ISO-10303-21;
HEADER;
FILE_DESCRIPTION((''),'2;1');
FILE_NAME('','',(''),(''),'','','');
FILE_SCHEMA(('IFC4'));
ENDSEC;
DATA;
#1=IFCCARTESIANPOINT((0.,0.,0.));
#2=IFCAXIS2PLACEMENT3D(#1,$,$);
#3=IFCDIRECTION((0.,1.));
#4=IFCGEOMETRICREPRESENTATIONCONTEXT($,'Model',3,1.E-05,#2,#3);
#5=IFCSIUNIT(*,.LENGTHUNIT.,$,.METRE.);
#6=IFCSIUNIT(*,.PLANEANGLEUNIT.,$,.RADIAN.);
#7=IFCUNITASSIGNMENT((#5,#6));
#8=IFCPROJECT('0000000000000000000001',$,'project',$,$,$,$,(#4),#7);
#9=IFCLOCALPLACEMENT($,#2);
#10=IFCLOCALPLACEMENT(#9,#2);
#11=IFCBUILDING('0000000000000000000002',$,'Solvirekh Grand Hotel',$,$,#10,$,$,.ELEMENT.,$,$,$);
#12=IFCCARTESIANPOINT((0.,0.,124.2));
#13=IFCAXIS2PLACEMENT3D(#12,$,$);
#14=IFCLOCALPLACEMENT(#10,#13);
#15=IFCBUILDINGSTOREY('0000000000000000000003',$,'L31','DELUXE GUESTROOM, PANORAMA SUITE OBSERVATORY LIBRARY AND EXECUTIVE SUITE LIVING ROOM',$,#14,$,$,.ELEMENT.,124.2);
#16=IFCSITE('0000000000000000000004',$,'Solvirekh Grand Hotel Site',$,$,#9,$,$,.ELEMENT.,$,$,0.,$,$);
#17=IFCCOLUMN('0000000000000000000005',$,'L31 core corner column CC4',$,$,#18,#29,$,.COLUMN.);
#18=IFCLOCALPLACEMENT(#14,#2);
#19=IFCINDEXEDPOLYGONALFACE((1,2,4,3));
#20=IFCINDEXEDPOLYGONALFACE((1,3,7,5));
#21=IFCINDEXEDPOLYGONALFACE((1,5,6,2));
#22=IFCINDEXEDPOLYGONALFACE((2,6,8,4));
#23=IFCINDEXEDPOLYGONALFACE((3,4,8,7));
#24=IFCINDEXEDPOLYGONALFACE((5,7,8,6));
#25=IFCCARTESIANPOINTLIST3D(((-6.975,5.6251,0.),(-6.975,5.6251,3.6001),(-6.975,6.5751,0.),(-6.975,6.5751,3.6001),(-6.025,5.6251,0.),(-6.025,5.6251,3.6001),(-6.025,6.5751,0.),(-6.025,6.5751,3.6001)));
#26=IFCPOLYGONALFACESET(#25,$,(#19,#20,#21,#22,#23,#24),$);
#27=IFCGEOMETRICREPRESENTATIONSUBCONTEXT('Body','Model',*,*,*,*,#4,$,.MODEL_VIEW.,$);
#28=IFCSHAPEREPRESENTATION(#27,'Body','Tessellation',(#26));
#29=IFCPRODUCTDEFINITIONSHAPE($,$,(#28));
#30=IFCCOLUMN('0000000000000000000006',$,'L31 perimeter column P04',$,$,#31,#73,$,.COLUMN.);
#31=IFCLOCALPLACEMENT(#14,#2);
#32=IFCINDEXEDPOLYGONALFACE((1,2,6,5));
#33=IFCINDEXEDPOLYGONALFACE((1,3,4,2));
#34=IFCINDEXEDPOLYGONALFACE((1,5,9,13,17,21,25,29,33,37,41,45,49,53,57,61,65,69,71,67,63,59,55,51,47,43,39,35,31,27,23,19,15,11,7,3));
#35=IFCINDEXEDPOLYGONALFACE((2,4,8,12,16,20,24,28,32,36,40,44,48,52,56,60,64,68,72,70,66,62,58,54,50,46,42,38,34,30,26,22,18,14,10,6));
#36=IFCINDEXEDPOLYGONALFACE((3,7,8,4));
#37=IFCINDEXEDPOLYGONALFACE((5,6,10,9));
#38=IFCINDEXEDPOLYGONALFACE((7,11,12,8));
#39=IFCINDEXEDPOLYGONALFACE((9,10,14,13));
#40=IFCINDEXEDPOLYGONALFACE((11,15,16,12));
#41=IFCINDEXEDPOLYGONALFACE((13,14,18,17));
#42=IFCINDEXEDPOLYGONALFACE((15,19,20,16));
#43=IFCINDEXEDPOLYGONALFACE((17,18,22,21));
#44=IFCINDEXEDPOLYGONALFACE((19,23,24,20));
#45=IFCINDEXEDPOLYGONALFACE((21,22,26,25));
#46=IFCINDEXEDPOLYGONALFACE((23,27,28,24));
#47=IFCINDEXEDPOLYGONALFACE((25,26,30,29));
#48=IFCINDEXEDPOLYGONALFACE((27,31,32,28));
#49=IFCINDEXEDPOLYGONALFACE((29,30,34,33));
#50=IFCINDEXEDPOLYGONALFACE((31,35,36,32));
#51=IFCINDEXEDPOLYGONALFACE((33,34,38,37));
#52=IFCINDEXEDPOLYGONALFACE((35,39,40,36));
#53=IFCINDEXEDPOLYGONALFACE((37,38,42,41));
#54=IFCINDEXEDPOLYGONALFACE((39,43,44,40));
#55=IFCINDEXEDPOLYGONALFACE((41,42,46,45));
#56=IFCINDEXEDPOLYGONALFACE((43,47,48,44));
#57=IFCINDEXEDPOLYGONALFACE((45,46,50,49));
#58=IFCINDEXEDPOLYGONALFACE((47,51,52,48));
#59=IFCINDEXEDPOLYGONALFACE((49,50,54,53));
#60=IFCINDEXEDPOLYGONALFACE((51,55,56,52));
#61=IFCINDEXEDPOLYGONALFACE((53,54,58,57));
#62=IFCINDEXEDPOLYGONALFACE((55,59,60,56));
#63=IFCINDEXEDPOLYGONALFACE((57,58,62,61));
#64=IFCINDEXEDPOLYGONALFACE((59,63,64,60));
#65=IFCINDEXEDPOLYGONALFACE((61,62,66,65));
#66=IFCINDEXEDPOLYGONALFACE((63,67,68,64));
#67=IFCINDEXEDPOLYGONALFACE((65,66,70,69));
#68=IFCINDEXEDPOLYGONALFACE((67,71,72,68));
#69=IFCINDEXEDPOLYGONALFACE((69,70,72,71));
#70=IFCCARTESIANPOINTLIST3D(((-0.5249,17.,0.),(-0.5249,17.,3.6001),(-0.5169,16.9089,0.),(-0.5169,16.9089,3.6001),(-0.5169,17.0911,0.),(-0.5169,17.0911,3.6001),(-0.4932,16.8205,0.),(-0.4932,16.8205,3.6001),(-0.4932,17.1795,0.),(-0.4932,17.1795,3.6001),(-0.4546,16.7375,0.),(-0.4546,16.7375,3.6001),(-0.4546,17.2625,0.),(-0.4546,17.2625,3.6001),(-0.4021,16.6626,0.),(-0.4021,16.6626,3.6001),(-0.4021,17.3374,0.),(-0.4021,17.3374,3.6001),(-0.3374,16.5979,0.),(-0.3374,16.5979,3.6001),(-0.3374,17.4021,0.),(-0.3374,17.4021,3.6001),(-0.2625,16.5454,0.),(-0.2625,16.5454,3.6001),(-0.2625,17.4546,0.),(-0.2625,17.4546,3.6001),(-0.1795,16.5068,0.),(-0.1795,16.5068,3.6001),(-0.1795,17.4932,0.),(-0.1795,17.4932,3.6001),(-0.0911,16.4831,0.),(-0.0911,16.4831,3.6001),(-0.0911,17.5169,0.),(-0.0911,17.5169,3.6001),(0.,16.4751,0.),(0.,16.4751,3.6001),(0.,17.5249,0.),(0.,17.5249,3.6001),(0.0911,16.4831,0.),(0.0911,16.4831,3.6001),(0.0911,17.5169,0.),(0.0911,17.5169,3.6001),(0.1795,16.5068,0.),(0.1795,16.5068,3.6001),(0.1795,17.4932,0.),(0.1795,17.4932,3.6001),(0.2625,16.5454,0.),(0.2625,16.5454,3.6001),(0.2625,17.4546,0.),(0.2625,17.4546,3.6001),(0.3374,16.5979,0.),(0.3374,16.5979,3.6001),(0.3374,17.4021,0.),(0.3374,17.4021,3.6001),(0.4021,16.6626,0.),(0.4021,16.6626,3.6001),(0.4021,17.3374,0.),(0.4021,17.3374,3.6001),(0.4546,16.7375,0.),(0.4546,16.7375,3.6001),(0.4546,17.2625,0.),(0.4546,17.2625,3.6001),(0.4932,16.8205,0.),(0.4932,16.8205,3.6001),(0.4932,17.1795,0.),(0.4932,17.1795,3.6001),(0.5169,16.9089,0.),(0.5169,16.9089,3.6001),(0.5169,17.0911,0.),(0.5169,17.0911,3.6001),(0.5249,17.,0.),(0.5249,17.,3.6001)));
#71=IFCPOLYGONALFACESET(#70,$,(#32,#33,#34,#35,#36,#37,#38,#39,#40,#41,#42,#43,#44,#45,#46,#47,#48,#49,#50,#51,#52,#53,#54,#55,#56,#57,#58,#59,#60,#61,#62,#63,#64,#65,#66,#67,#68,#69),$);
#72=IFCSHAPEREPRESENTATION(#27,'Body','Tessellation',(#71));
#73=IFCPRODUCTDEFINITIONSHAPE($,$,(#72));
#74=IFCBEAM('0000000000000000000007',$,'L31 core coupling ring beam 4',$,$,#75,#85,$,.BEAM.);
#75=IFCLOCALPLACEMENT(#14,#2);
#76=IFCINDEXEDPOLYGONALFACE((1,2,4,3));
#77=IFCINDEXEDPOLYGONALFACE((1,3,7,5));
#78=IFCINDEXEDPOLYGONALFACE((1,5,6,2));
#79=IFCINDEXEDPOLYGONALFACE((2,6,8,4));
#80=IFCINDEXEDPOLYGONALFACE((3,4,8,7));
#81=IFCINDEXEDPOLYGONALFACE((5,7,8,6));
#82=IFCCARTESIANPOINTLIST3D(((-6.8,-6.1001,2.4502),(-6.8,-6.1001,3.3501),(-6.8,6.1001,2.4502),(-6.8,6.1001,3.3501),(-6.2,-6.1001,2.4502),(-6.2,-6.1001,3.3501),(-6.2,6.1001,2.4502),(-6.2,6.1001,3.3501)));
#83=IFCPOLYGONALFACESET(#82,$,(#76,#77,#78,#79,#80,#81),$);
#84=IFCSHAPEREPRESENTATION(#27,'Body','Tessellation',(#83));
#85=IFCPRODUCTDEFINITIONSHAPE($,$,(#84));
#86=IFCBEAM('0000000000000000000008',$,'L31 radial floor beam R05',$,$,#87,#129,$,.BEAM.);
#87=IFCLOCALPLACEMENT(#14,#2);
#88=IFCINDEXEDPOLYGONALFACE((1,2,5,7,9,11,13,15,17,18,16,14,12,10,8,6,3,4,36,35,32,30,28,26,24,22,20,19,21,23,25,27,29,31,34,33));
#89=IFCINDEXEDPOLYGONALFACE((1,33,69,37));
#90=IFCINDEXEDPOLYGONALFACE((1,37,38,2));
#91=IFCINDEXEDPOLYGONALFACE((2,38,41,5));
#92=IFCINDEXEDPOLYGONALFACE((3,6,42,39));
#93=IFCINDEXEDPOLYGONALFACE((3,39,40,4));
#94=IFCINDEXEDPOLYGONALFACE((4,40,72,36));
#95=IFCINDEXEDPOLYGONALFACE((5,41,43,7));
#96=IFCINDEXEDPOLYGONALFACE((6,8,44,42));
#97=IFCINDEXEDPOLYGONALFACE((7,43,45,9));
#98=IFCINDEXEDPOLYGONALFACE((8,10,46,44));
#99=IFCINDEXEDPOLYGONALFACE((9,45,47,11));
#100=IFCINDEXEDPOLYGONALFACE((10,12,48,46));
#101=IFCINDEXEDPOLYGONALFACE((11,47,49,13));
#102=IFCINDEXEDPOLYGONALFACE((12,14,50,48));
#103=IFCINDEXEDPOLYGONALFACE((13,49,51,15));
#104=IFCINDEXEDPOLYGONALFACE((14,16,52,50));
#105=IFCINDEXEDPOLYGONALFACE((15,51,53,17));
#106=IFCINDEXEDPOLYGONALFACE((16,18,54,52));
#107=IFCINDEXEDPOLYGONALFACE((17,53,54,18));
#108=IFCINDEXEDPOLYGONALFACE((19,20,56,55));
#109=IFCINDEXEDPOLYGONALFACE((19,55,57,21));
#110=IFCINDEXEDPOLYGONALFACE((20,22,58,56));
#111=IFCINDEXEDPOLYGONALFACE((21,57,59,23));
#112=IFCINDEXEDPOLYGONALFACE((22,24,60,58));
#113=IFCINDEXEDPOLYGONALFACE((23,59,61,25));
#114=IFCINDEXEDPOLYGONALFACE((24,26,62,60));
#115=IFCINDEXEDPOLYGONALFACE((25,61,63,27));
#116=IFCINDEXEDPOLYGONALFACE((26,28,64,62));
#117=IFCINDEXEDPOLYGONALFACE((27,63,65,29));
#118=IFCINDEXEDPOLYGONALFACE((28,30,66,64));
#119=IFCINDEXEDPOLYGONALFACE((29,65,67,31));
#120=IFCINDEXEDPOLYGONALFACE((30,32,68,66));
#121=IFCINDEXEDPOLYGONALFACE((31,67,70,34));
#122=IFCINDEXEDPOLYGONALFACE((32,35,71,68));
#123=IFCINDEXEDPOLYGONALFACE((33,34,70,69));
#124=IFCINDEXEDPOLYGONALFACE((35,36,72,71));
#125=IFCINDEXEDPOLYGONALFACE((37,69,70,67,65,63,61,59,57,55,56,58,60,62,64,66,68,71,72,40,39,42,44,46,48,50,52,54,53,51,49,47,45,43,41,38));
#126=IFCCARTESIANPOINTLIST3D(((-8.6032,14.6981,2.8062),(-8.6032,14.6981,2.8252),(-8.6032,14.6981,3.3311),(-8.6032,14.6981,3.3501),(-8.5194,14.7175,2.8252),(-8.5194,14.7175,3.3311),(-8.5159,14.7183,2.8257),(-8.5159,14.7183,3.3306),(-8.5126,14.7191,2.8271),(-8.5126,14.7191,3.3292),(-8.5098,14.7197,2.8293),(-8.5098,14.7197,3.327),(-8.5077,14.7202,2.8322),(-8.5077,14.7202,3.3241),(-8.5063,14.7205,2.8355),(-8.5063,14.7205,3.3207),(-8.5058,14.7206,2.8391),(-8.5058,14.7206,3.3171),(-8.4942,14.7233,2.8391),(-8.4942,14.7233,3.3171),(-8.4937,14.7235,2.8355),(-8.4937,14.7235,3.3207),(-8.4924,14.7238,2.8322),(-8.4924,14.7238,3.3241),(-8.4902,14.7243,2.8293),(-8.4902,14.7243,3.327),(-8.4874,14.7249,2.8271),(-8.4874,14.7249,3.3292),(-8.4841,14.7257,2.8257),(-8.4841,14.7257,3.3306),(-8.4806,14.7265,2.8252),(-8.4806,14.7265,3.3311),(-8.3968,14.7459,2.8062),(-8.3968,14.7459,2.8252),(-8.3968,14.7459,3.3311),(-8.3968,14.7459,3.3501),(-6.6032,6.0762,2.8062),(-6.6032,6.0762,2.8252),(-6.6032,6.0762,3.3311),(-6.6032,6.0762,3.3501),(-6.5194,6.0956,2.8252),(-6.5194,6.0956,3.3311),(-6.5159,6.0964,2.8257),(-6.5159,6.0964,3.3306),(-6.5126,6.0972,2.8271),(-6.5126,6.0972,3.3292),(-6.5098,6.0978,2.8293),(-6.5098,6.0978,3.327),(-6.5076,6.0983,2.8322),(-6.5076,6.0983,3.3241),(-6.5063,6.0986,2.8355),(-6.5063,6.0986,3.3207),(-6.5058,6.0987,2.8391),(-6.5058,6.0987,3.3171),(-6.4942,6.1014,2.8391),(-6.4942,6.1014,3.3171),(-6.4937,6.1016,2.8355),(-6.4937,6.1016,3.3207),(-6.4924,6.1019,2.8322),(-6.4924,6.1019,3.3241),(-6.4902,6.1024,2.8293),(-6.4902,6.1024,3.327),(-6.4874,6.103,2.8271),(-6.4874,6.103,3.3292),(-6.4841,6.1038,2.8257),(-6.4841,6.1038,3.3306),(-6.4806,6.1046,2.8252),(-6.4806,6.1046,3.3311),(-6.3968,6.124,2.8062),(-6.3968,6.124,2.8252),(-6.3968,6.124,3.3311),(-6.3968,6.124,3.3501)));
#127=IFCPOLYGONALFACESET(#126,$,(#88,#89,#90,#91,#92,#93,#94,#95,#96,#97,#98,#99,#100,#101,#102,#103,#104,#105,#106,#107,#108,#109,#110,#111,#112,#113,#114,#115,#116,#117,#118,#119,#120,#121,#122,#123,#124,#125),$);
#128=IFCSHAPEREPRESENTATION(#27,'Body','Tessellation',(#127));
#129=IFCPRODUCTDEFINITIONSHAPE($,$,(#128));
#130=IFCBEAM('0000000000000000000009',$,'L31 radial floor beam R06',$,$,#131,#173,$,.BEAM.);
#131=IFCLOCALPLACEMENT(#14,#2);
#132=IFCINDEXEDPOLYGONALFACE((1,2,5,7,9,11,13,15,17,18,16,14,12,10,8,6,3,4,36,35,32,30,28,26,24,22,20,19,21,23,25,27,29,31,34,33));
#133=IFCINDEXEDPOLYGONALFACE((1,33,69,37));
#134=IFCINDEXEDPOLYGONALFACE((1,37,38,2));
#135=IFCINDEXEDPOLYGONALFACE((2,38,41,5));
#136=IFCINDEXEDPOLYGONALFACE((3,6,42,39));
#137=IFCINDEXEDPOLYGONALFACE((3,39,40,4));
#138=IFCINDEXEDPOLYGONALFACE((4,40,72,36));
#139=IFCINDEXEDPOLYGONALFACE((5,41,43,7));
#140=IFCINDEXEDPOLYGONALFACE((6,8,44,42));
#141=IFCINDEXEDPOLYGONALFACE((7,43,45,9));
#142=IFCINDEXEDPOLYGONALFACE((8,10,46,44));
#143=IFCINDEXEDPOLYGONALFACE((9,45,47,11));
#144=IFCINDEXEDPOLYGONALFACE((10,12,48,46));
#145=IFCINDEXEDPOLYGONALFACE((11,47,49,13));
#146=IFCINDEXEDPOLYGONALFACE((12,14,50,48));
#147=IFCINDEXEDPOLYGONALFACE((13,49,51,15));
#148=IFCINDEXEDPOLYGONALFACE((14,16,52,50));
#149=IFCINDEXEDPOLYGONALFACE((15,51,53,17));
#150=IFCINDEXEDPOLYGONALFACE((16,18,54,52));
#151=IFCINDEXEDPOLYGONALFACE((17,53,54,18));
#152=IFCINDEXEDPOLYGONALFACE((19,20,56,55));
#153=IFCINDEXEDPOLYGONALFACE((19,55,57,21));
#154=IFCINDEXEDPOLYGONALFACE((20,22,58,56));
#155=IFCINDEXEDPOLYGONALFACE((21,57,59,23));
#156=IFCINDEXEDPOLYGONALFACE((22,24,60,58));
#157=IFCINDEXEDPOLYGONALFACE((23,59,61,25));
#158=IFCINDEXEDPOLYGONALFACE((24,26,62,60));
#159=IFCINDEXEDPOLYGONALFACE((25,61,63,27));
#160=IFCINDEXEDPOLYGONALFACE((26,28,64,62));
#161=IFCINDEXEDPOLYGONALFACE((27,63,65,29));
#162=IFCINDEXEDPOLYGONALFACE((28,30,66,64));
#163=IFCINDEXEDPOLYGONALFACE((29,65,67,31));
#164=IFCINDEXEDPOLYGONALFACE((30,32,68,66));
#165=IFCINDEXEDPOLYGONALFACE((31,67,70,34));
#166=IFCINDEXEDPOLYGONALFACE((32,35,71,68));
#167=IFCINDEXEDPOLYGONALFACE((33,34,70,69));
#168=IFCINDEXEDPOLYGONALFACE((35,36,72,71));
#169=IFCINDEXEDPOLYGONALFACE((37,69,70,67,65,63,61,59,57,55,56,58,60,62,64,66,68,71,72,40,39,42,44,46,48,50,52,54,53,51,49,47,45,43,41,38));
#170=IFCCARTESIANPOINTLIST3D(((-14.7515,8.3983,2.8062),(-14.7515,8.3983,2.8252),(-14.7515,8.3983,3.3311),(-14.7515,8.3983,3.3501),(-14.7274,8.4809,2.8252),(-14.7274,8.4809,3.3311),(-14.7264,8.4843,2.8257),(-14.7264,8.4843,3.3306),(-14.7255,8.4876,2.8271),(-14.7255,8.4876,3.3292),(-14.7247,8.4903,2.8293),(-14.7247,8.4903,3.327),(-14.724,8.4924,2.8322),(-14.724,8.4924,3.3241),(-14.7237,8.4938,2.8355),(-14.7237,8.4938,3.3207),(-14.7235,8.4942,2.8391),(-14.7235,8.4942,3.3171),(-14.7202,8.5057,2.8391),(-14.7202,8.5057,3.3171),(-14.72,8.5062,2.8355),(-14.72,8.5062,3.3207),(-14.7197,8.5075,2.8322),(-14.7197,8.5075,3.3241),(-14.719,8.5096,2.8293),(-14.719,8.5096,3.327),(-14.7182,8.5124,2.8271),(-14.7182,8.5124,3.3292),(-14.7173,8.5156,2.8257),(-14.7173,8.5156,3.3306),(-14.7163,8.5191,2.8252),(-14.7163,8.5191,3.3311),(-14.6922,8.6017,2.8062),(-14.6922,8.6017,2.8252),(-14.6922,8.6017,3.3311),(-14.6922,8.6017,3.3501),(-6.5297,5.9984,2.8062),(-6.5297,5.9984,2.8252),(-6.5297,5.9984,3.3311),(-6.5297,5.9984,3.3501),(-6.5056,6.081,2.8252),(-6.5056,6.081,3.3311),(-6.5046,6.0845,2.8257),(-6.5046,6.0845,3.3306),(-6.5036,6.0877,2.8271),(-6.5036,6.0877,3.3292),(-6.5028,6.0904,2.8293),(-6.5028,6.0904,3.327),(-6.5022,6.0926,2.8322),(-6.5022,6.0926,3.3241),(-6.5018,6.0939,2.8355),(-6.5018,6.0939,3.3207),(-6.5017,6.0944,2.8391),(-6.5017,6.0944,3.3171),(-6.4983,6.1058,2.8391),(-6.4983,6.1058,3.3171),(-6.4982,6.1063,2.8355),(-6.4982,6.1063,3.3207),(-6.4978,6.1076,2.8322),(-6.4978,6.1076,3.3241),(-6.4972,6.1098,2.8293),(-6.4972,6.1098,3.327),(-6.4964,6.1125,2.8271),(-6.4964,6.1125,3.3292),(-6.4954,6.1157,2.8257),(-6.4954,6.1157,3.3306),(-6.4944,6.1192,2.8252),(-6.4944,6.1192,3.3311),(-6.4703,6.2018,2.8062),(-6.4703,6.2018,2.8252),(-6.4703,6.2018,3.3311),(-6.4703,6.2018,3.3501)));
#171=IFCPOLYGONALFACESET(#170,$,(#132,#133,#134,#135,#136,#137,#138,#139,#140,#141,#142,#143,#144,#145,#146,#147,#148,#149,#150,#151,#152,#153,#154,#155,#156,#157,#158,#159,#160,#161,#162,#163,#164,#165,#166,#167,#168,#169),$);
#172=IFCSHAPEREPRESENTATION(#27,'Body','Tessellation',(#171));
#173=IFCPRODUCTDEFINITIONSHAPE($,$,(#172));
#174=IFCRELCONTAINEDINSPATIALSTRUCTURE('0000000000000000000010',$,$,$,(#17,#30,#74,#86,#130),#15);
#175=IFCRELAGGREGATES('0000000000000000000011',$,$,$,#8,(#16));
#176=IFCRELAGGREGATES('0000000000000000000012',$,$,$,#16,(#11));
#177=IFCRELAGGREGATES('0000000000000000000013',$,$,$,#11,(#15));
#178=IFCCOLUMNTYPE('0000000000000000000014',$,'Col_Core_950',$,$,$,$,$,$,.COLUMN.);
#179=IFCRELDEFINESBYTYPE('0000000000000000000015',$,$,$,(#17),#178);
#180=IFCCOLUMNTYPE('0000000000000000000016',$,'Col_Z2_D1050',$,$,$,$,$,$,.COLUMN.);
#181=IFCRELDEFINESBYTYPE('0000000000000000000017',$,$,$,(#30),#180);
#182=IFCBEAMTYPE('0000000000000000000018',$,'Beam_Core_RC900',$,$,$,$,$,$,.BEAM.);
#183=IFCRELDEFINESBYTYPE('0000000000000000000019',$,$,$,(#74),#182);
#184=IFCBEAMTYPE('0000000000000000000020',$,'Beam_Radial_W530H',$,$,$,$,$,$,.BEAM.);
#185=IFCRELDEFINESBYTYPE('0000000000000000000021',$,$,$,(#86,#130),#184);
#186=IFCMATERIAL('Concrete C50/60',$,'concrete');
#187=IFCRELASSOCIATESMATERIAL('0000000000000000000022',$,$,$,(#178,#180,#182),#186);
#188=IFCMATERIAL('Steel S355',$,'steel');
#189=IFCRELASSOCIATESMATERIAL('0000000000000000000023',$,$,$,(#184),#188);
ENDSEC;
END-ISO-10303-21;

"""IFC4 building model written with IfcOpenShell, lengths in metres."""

from ifc_helpers import new_model, si_unit, direction, frame, origin, origin_2d, place, context, subcontext, project, spatial, rectangle, circle, i_section, extrude, material, material_profile, profile_set, type_object, element, save


model = new_model("IFC4")

# Units and contexts
model_context = context("Model", 3, precision=1e-05, world=origin(), true_north=direction((0.0, 1.0)))
body_context = subcontext(model_context, "Body", "Model", "MODEL_VIEW")
ifc_project = project(units=[si_unit("LENGTHUNIT", "METRE"), si_unit("PLANEANGLEUNIT", "RADIAN")], contexts=[model_context])

# Site, building, storey
site_placement = place(None, origin())
site = spatial("IfcSite", under=ifc_project, at=site_placement, Name="Solvirekh Grand Hotel Site", CompositionType="ELEMENT", RefElevation=0.0)
building_placement = place(site_placement, origin())
building = spatial("IfcBuilding", under=site, at=building_placement, Name="Solvirekh Grand Hotel", CompositionType="ELEMENT")
storey_placement = place(building_placement, frame((0.0, 0.0, 124.2)))
storey = spatial("IfcBuildingStorey", under=building, at=storey_placement, Name="L31", Description="DELUXE GUESTROOM, PANORAMA SUITE OBSERVATORY LIBRARY AND EXECUTIVE SUITE LIVING ROOM", CompositionType="ELEMENT", Elevation=124.2)

# Columns
ifc_material_1 = material(Name="Concrete C50/60", Category="concrete")
ifc_material_profile_1 = material_profile(ifc_material_1, rectangle(XDim=0.95, YDim=0.95, at=origin_2d()), Name="RC 950X950")
ifc_profile_set_1 = profile_set([ifc_material_profile_1], Name="Concrete C50/60")
column_type_1 = type_object("IfcColumnType", Name="Col_Core_950", PredefinedType="COLUMN", material=ifc_profile_set_1)
column_1_placement = place(storey_placement, frame((-6.5, 6.1001, 0.0), z_axis=(0.0, 0.0, 1.0), x_axis=(1.0, 0.0, 0.0)))
element("IfcColumn", 1, at=column_1_placement, inside=storey, type_object=column_type_1, Name="L31 core corner column CC4", PredefinedType="COLUMN", context=body_context, shape_type="SweptSolid", body=[
    extrude(rectangle(XDim=0.95, YDim=0.95, at=origin_2d()), origin(), (0.0, 0.0, 1.0), 3.6001),
])
ifc_material_profile_2 = material_profile(ifc_material_1, circle(Radius=0.5249, at=origin_2d()), Name="RC CIRC D1050")
ifc_profile_set_2 = profile_set([ifc_material_profile_2], Name="Concrete C50/60")
column_type_2 = type_object("IfcColumnType", Name="Col_Z2_D1050", PredefinedType="COLUMN", material=ifc_profile_set_2)
column_2_placement = place(storey_placement, frame((0.0, 17.0, 0.0), z_axis=(0.0, 0.0, 1.0), x_axis=(1.0, 0.0, 0.0)))
element("IfcColumn", 2, at=column_2_placement, inside=storey, type_object=column_type_2, Name="L31 perimeter column P04", PredefinedType="COLUMN", context=body_context, shape_type="SweptSolid", body=[
    extrude(circle(Radius=0.5249, at=origin_2d()), origin(), (0.0, 0.0, 1.0), 3.6001),
])

# Beams
ifc_material_profile_3 = material_profile(ifc_material_1, rectangle(XDim=0.6001, YDim=0.8999, at=origin_2d()), Name="RC BEAM 600X900")
ifc_profile_set_3 = profile_set([ifc_material_profile_3], Name="Concrete C50/60")
beam_type_1 = type_object("IfcBeamType", Name="Beam_Core_RC900", PredefinedType="BEAM", material=ifc_profile_set_3)
beam_1_placement = place(storey_placement, frame((-6.5, 6.1001, 2.9001), z_axis=(0.0, -1.0, 0.0), x_axis=(1.0, 0.0, 0.0)))
element("IfcBeam", 3, at=beam_1_placement, inside=storey, type_object=beam_type_1, Name="L31 core coupling ring beam 4", PredefinedType="BEAM", context=body_context, shape_type="SweptSolid", body=[
    extrude(rectangle(XDim=0.6001, YDim=0.8999, at=origin_2d()), origin(), (0.0, 0.0, 1.0), 12.2002),
])
ifc_material_2 = material(Name="Steel S355", Category="steel")
ifc_material_profile_4 = material_profile(ifc_material_2, i_section(OverallWidth=0.2119, OverallDepth=0.5439, WebThickness=0.012, FlangeThickness=0.019, FilletRadius=0.0139, at=origin_2d()), Name="W530X123")
ifc_profile_set_4 = profile_set([ifc_material_profile_4], Name="Steel S355")
beam_type_2 = type_object("IfcBeamType", Name="Beam_Radial_W530H", PredefinedType="BEAM", material=ifc_profile_set_4)
beam_2_placement = place(storey_placement, frame((-6.5, 6.1001, 3.0781), z_axis=(-0.225969, 0.974134, 0.0), x_axis=(-0.974134, -0.225969, 0.0)))
element("IfcBeam", 4, at=beam_2_placement, inside=storey, type_object=beam_type_2, Name="L31 radial floor beam R05", PredefinedType="BEAM", context=body_context, shape_type="SweptSolid", body=[
    extrude(i_section(OverallWidth=0.2119, OverallDepth=0.5439, WebThickness=0.012, FlangeThickness=0.019, FilletRadius=0.0139, at=origin_2d()), origin(), (0.0, 0.0, 1.0), 8.8508),
])
beam_3_placement = place(storey_placement, frame((-6.5, 6.1001, 3.0781), z_axis=(-0.959942, 0.280198, 0.0), x_axis=(-0.280198, -0.959942, 0.0)))
element("IfcBeam", 5, at=beam_3_placement, inside=storey, type_object=beam_type_2, Name="L31 radial floor beam R06", PredefinedType="BEAM", context=body_context, shape_type="SweptSolid", body=[
    extrude(i_section(OverallWidth=0.2119, OverallDepth=0.5439, WebThickness=0.012, FlangeThickness=0.019, FilletRadius=0.0139, at=origin_2d()), origin(), (0.0, 0.0, 1.0), 8.5649),
])

save(model, "model.ifc")
